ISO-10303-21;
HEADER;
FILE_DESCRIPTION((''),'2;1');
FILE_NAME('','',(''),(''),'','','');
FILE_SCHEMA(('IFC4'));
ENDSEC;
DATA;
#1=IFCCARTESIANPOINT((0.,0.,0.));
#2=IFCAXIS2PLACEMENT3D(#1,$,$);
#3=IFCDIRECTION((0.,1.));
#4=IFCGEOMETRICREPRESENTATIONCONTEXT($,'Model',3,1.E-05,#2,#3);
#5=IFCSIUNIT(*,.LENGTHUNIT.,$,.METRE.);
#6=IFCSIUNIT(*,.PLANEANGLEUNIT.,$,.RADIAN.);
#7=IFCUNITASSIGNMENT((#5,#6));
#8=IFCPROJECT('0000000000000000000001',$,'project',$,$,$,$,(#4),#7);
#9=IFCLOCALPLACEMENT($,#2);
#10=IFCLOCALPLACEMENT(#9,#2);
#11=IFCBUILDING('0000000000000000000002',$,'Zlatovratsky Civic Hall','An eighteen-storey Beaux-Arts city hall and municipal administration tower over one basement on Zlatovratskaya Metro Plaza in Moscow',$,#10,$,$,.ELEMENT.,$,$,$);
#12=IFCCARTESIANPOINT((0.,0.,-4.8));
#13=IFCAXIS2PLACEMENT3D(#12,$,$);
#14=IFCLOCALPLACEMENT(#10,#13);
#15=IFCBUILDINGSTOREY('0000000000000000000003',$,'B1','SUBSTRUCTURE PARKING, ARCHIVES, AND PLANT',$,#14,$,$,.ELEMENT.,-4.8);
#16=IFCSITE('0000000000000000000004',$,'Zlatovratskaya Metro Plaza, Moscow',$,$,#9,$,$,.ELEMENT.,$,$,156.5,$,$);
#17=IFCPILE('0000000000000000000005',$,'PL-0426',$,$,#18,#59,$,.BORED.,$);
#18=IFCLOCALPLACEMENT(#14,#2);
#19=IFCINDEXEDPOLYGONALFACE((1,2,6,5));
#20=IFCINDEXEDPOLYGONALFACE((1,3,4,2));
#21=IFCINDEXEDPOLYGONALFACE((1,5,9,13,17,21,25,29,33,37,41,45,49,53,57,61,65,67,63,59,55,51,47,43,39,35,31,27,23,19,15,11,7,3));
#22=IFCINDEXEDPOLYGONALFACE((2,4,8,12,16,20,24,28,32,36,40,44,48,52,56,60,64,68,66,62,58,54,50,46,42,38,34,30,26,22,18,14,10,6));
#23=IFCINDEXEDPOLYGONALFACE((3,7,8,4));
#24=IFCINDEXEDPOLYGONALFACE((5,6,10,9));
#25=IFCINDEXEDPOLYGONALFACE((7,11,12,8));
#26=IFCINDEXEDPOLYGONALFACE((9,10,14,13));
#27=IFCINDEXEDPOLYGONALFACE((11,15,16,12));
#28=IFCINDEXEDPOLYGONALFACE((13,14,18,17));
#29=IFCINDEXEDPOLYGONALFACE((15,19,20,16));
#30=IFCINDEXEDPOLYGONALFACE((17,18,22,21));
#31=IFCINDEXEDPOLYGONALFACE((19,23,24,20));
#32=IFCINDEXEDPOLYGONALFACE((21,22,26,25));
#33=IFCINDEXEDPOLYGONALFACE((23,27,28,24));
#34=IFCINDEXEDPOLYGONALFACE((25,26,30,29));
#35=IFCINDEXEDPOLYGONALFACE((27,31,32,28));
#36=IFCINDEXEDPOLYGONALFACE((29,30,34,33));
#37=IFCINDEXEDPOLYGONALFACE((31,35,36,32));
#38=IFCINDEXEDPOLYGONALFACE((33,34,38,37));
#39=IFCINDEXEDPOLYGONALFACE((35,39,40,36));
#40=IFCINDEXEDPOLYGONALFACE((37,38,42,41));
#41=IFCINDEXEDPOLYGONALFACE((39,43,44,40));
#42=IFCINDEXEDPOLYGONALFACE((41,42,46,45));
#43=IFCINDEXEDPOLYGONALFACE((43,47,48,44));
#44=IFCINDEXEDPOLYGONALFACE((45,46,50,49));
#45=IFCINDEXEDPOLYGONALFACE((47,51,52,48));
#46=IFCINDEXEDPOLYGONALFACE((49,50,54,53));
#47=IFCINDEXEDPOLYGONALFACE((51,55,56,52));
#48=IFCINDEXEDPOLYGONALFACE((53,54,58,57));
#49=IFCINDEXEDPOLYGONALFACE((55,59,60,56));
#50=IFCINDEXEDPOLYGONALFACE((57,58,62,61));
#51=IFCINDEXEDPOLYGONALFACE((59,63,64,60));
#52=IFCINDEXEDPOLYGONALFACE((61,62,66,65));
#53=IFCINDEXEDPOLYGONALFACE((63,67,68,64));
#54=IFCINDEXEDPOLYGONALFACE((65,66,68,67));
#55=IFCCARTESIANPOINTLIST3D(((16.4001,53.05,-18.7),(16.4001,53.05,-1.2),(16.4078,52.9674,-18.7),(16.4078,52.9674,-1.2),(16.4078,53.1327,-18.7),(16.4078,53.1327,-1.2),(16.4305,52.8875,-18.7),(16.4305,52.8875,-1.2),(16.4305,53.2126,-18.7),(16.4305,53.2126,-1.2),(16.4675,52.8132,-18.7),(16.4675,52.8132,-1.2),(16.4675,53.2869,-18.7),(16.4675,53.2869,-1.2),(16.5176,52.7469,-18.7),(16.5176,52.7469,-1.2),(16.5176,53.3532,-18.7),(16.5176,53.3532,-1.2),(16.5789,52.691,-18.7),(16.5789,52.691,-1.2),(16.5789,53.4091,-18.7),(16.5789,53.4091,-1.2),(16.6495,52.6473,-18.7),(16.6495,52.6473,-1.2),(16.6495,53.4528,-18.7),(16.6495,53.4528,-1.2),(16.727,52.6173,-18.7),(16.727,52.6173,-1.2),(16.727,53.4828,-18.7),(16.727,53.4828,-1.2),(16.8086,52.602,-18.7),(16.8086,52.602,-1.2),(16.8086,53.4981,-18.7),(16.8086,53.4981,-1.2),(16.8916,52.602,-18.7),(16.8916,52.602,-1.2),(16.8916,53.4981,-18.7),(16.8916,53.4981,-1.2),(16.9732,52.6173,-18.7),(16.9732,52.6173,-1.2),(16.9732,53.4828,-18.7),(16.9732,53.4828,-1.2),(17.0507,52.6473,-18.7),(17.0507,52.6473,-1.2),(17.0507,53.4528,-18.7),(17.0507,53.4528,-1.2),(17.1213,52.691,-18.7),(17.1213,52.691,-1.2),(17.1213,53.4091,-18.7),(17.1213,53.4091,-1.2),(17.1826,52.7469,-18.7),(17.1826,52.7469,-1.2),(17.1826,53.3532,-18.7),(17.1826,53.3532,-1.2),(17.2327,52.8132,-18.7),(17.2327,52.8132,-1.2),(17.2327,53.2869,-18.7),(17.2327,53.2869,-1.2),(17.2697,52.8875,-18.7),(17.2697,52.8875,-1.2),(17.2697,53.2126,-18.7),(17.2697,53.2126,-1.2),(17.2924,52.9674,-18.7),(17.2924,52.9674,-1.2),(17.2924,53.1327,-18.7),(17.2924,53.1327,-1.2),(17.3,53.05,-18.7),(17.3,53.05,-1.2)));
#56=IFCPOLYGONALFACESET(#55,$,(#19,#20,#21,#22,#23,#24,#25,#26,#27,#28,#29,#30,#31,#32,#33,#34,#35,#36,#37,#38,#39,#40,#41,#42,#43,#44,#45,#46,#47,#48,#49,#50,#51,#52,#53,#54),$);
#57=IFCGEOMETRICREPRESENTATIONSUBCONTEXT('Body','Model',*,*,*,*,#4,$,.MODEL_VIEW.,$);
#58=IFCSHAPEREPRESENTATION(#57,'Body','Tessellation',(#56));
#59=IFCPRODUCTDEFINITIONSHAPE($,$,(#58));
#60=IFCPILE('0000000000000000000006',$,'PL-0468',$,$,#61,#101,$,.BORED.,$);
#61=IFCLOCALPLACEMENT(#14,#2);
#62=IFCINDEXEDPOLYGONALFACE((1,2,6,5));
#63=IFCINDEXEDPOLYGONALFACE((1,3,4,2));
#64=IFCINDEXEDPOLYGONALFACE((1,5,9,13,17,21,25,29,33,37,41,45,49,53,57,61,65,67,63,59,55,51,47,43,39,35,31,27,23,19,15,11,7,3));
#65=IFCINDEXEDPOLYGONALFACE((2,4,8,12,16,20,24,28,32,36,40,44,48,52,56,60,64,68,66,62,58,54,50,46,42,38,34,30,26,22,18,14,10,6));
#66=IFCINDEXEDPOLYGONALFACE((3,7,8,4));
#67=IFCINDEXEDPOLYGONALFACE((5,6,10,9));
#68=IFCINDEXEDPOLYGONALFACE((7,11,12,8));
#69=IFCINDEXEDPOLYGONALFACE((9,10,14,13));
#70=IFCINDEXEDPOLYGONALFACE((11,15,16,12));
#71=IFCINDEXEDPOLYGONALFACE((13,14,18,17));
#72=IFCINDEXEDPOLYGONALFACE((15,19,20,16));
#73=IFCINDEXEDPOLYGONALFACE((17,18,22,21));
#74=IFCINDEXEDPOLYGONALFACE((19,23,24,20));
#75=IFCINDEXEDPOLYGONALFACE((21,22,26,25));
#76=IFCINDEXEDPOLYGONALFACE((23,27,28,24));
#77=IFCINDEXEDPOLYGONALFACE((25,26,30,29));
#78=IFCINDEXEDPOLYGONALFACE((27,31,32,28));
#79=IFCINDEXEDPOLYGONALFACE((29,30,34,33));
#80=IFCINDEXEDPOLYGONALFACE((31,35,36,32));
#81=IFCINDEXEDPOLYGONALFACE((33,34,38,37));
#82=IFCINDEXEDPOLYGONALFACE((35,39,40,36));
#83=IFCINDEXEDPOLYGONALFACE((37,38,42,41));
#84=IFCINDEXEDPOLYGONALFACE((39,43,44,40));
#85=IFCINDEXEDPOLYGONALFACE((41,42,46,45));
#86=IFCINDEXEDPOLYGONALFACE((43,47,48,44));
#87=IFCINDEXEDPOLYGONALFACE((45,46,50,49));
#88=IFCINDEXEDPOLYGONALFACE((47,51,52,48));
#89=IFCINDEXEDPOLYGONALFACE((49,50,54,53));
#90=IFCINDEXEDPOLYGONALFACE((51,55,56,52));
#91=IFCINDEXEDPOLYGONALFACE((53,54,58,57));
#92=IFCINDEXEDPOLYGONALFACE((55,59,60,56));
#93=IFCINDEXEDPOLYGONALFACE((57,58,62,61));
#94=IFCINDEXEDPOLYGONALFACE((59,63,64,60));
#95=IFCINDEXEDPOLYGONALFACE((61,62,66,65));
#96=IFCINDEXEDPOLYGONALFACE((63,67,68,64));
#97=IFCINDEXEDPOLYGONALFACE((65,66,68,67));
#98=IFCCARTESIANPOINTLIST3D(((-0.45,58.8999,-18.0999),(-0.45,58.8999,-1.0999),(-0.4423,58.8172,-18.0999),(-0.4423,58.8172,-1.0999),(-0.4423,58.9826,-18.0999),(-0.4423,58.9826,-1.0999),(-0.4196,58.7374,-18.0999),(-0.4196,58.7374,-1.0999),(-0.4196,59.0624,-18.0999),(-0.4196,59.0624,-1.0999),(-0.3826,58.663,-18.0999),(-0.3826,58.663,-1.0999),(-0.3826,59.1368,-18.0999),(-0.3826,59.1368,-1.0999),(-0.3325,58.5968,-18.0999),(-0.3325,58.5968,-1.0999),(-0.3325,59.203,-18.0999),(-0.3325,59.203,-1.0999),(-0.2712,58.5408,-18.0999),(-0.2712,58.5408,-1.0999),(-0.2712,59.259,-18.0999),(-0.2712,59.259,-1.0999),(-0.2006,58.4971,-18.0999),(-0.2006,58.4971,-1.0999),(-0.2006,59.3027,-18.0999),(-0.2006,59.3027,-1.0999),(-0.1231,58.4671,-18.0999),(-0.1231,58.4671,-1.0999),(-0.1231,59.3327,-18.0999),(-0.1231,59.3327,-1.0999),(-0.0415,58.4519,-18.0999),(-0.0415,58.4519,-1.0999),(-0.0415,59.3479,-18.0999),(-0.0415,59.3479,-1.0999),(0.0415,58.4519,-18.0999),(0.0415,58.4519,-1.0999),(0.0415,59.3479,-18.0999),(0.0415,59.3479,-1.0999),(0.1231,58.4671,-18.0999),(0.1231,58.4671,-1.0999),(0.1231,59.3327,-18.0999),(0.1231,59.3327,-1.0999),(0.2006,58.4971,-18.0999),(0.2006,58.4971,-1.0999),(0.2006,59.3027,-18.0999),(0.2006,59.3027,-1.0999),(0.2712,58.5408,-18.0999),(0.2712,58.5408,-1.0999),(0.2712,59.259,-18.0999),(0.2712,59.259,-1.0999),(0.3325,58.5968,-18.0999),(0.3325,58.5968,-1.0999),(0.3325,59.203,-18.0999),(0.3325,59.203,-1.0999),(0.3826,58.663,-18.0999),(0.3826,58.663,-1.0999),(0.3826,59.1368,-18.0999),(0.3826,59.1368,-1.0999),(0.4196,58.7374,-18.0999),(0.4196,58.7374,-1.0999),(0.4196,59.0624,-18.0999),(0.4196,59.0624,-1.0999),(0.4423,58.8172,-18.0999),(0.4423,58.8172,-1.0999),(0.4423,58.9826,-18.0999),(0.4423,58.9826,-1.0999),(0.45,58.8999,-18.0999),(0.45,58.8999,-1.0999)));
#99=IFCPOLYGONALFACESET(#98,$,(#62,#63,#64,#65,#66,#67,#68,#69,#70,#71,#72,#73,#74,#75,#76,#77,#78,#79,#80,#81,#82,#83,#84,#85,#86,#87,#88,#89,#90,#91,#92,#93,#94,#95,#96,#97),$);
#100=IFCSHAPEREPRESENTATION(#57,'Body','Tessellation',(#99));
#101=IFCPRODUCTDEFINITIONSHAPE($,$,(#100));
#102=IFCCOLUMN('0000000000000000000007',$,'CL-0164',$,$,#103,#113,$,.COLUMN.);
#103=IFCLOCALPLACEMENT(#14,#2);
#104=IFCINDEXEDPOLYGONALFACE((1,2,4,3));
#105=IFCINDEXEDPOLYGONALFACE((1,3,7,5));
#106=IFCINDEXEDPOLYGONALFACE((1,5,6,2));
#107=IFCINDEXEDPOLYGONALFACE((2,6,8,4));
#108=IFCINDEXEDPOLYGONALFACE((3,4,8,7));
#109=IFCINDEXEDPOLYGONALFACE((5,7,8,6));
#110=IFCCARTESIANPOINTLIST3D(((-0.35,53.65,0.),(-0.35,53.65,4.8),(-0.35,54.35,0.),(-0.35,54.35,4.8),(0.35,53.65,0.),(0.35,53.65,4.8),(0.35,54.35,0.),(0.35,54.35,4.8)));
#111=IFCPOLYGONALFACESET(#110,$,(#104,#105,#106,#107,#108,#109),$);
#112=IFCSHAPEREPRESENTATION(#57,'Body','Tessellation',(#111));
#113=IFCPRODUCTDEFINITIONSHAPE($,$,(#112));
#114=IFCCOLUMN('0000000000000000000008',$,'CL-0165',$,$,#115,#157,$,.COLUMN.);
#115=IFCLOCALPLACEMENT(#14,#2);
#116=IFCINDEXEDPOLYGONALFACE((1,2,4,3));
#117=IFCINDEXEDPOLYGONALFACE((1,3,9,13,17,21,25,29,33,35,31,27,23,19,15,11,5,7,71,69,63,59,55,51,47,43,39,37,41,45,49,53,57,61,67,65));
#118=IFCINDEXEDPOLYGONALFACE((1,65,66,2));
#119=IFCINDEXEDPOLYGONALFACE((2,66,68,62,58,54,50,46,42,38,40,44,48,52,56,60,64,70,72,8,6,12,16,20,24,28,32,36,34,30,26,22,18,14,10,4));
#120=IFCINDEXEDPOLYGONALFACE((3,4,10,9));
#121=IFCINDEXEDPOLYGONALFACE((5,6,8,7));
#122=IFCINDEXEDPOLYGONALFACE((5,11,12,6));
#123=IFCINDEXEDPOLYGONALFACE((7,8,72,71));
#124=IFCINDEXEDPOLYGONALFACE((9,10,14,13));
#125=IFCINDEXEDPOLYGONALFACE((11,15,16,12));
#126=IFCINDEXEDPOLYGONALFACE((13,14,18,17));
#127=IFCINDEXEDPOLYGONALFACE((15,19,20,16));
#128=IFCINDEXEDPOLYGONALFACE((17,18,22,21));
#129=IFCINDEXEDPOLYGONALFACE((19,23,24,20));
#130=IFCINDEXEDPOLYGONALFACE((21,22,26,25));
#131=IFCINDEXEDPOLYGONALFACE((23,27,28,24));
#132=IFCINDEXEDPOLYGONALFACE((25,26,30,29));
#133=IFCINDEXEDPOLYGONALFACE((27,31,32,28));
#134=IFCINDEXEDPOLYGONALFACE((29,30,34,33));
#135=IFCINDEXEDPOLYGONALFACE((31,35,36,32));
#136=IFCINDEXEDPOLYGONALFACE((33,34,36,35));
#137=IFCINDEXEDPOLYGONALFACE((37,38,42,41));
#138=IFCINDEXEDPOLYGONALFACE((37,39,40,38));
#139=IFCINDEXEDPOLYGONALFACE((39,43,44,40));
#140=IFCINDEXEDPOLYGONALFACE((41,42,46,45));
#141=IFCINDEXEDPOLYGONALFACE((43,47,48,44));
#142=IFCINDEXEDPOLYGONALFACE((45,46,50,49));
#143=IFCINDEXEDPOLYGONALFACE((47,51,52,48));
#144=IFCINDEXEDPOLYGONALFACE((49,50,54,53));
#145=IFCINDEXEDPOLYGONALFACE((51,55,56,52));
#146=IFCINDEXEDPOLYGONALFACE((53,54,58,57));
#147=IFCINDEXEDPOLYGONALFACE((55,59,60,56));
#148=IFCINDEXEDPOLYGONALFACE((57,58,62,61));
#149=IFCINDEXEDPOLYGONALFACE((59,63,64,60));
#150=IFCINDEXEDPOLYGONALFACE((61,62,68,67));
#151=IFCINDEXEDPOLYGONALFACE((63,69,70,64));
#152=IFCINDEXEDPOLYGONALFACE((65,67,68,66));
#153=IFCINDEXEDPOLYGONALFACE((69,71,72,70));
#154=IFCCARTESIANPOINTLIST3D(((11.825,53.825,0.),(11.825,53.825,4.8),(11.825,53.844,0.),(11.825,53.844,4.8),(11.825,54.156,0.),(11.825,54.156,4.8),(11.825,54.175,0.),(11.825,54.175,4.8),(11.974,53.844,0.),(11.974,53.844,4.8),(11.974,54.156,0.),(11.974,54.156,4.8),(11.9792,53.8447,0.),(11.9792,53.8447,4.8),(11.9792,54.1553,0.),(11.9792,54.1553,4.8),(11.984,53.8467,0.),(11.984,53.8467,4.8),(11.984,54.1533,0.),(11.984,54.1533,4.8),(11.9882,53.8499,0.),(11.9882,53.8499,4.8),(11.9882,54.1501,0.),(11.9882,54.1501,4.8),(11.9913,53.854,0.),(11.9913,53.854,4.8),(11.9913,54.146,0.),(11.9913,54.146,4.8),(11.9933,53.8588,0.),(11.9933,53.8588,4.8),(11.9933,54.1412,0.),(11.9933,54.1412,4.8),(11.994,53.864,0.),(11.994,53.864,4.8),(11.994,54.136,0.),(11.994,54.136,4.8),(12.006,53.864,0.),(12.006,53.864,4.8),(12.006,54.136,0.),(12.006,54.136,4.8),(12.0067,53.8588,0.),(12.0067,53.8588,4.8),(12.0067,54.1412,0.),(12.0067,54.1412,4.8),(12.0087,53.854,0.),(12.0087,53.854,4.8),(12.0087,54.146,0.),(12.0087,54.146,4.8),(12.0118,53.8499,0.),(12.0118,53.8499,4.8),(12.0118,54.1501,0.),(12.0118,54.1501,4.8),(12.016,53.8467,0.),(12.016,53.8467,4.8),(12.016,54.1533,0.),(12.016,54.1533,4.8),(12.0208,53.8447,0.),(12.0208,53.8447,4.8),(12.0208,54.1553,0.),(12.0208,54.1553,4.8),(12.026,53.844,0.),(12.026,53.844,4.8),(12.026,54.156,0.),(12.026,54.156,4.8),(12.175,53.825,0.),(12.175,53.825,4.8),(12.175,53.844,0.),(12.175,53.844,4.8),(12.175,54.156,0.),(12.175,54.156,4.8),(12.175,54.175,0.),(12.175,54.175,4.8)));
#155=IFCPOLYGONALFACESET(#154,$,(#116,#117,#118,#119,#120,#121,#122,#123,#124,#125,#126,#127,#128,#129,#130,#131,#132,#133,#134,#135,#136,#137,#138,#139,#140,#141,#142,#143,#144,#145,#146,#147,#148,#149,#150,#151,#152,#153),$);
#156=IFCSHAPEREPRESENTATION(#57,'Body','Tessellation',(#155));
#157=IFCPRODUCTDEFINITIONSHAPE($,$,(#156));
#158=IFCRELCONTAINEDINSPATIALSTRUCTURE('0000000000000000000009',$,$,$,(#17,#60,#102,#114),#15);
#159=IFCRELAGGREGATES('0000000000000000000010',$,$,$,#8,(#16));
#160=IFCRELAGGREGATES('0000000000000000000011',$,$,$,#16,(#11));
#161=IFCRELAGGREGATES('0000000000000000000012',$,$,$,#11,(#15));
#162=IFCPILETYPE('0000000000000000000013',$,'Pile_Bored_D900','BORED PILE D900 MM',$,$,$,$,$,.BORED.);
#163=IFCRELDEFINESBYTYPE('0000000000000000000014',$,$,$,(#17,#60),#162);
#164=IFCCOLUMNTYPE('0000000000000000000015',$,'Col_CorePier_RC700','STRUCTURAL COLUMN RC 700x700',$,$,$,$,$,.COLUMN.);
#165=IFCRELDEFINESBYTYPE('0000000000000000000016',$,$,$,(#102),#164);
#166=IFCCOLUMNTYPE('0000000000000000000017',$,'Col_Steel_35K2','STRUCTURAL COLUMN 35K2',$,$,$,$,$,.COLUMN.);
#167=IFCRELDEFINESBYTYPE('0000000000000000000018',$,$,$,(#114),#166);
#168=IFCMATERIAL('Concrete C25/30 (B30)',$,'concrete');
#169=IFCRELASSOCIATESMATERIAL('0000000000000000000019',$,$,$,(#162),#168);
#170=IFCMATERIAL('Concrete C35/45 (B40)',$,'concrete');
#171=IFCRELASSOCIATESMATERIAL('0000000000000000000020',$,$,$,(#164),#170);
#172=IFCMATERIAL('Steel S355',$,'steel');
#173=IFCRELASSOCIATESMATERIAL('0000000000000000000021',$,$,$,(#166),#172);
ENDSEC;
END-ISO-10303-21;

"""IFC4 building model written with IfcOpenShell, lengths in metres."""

from ifc_helpers import new_model, si_unit, direction, frame, origin, origin_2d, place, context, subcontext, project, spatial, rectangle, circle, i_section, extrude, material, material_profile, profile_set, type_object, element, save


model = new_model("IFC4")

# Units and contexts
model_context = context("Model", 3, precision=1e-05, world=origin(), true_north=direction((0.0, 1.0)))
body_context = subcontext(model_context, "Body", "Model", "MODEL_VIEW")
ifc_project = project(units=[si_unit("LENGTHUNIT", "METRE"), si_unit("PLANEANGLEUNIT", "RADIAN")], contexts=[model_context])

# Site, building, storey
site_placement = place(None, origin())
site = spatial("IfcSite", under=ifc_project, at=site_placement, Name="Zlatovratskaya Metro Plaza, Moscow", CompositionType="ELEMENT", RefElevation=156.5)
building_placement = place(site_placement, origin())
building = spatial("IfcBuilding", under=site, at=building_placement, Name="Zlatovratsky Civic Hall", Description="An eighteen-storey Beaux-Arts city hall and municipal administration tower over one basement on Zlatovratskaya Metro Plaza in Moscow", CompositionType="ELEMENT")
storey_placement = place(building_placement, frame((0.0, 0.0, -4.8)))
storey = spatial("IfcBuildingStorey", under=building, at=storey_placement, Name="B1", Description="SUBSTRUCTURE PARKING, ARCHIVES, AND PLANT", CompositionType="ELEMENT", Elevation=-4.8)

# Shared definitions
ifc_material_1 = material(Name="Concrete C25/30 (B30)", Category="concrete")

# Piles
ifc_material_profile_1 = material_profile(ifc_material_1, circle(Radius=0.45, at=origin_2d()), Name="PILE D900")
ifc_profile_set_1 = profile_set([ifc_material_profile_1], Name="Concrete C25/30 (B30)")
pile_type_1 = type_object("IfcPileType", Name="Pile_Bored_D900", Description="BORED PILE D900 MM", PredefinedType="BORED", material=ifc_profile_set_1)
for number, where, z_axis, x_axis, name in (
    (1, (16.8501, 53.05, -1.2), (0.0, 0.0, -1.0), (1.0, 0.0, 0.0), "PL-0426"),
):
    element("IfcPile", number, at=place(storey_placement, frame(where, z_axis=z_axis, x_axis=x_axis)), inside=storey, type_object=pile_type_1, Name=name, PredefinedType="BORED", context=body_context, shape_type="SweptSolid", body=[
        extrude(circle(Radius=0.45, at=origin_2d()), origin(), (0.0, 0.0, 1.0), 17.5),
    ])
pile_placement = place(storey_placement, frame((0.0, 58.8999, -1.0999), z_axis=(0.0, 0.0, -1.0), x_axis=(1.0, 0.0, 0.0)))
element("IfcPile", 2, at=pile_placement, inside=storey, type_object=pile_type_1, Name="PL-0468", PredefinedType="BORED", context=body_context, shape_type="SweptSolid", body=[
    extrude(circle(Radius=0.45, at=origin_2d()), origin(), (0.0, 0.0, 1.0), 17.0),
])

# Columns
ifc_material_2 = material(Name="Concrete C35/45 (B40)", Category="concrete")
ifc_material_profile_2 = material_profile(ifc_material_2, rectangle(XDim=0.7, YDim=0.7, at=origin_2d()), Name="RC 700x700")
ifc_profile_set_2 = profile_set([ifc_material_profile_2], Name="Concrete C35/45 (B40)")
column_type_1 = type_object("IfcColumnType", Name="Col_CorePier_RC700", Description="STRUCTURAL COLUMN RC 700x700", PredefinedType="COLUMN", material=ifc_profile_set_2)
column_1_placement = place(storey_placement, frame((0.0, 54.0, 0.0), z_axis=(0.0, 0.0, 1.0), x_axis=(1.0, 0.0, 0.0)))
element("IfcColumn", 3, at=column_1_placement, inside=storey, type_object=column_type_1, Name="CL-0164", PredefinedType="COLUMN", context=body_context, shape_type="SweptSolid", body=[
    extrude(rectangle(XDim=0.7, YDim=0.7, at=origin_2d()), origin(), (0.0, 0.0, 1.0), 4.8),
])
ifc_material_3 = material(Name="Steel S355", Category="steel")
ifc_material_profile_3 = material_profile(ifc_material_3, i_section(OverallWidth=0.3501, OverallDepth=0.3501, WebThickness=0.012, FlangeThickness=0.019, FilletRadius=0.02, at=origin_2d()), Name="35K2")
ifc_profile_set_3 = profile_set([ifc_material_profile_3], Name="Steel S355")
column_type_2 = type_object("IfcColumnType", Name="Col_Steel_35K2", Description="STRUCTURAL COLUMN 35K2", PredefinedType="COLUMN", material=ifc_profile_set_3)
column_2_placement = place(storey_placement, frame((12.0, 54.0, 0.0), z_axis=(0.0, 0.0, 1.0), x_axis=(1.0, 0.0, 0.0)))
element("IfcColumn", 4, at=column_2_placement, inside=storey, type_object=column_type_2, Name="CL-0165", PredefinedType="COLUMN", context=body_context, shape_type="SweptSolid", body=[
    extrude(i_section(OverallWidth=0.3501, OverallDepth=0.3501, WebThickness=0.012, FlangeThickness=0.019, FilletRadius=0.02, at=origin_2d()), origin(), (0.0, 0.0, 1.0), 4.8),
])

save(model, "model.ifc")
